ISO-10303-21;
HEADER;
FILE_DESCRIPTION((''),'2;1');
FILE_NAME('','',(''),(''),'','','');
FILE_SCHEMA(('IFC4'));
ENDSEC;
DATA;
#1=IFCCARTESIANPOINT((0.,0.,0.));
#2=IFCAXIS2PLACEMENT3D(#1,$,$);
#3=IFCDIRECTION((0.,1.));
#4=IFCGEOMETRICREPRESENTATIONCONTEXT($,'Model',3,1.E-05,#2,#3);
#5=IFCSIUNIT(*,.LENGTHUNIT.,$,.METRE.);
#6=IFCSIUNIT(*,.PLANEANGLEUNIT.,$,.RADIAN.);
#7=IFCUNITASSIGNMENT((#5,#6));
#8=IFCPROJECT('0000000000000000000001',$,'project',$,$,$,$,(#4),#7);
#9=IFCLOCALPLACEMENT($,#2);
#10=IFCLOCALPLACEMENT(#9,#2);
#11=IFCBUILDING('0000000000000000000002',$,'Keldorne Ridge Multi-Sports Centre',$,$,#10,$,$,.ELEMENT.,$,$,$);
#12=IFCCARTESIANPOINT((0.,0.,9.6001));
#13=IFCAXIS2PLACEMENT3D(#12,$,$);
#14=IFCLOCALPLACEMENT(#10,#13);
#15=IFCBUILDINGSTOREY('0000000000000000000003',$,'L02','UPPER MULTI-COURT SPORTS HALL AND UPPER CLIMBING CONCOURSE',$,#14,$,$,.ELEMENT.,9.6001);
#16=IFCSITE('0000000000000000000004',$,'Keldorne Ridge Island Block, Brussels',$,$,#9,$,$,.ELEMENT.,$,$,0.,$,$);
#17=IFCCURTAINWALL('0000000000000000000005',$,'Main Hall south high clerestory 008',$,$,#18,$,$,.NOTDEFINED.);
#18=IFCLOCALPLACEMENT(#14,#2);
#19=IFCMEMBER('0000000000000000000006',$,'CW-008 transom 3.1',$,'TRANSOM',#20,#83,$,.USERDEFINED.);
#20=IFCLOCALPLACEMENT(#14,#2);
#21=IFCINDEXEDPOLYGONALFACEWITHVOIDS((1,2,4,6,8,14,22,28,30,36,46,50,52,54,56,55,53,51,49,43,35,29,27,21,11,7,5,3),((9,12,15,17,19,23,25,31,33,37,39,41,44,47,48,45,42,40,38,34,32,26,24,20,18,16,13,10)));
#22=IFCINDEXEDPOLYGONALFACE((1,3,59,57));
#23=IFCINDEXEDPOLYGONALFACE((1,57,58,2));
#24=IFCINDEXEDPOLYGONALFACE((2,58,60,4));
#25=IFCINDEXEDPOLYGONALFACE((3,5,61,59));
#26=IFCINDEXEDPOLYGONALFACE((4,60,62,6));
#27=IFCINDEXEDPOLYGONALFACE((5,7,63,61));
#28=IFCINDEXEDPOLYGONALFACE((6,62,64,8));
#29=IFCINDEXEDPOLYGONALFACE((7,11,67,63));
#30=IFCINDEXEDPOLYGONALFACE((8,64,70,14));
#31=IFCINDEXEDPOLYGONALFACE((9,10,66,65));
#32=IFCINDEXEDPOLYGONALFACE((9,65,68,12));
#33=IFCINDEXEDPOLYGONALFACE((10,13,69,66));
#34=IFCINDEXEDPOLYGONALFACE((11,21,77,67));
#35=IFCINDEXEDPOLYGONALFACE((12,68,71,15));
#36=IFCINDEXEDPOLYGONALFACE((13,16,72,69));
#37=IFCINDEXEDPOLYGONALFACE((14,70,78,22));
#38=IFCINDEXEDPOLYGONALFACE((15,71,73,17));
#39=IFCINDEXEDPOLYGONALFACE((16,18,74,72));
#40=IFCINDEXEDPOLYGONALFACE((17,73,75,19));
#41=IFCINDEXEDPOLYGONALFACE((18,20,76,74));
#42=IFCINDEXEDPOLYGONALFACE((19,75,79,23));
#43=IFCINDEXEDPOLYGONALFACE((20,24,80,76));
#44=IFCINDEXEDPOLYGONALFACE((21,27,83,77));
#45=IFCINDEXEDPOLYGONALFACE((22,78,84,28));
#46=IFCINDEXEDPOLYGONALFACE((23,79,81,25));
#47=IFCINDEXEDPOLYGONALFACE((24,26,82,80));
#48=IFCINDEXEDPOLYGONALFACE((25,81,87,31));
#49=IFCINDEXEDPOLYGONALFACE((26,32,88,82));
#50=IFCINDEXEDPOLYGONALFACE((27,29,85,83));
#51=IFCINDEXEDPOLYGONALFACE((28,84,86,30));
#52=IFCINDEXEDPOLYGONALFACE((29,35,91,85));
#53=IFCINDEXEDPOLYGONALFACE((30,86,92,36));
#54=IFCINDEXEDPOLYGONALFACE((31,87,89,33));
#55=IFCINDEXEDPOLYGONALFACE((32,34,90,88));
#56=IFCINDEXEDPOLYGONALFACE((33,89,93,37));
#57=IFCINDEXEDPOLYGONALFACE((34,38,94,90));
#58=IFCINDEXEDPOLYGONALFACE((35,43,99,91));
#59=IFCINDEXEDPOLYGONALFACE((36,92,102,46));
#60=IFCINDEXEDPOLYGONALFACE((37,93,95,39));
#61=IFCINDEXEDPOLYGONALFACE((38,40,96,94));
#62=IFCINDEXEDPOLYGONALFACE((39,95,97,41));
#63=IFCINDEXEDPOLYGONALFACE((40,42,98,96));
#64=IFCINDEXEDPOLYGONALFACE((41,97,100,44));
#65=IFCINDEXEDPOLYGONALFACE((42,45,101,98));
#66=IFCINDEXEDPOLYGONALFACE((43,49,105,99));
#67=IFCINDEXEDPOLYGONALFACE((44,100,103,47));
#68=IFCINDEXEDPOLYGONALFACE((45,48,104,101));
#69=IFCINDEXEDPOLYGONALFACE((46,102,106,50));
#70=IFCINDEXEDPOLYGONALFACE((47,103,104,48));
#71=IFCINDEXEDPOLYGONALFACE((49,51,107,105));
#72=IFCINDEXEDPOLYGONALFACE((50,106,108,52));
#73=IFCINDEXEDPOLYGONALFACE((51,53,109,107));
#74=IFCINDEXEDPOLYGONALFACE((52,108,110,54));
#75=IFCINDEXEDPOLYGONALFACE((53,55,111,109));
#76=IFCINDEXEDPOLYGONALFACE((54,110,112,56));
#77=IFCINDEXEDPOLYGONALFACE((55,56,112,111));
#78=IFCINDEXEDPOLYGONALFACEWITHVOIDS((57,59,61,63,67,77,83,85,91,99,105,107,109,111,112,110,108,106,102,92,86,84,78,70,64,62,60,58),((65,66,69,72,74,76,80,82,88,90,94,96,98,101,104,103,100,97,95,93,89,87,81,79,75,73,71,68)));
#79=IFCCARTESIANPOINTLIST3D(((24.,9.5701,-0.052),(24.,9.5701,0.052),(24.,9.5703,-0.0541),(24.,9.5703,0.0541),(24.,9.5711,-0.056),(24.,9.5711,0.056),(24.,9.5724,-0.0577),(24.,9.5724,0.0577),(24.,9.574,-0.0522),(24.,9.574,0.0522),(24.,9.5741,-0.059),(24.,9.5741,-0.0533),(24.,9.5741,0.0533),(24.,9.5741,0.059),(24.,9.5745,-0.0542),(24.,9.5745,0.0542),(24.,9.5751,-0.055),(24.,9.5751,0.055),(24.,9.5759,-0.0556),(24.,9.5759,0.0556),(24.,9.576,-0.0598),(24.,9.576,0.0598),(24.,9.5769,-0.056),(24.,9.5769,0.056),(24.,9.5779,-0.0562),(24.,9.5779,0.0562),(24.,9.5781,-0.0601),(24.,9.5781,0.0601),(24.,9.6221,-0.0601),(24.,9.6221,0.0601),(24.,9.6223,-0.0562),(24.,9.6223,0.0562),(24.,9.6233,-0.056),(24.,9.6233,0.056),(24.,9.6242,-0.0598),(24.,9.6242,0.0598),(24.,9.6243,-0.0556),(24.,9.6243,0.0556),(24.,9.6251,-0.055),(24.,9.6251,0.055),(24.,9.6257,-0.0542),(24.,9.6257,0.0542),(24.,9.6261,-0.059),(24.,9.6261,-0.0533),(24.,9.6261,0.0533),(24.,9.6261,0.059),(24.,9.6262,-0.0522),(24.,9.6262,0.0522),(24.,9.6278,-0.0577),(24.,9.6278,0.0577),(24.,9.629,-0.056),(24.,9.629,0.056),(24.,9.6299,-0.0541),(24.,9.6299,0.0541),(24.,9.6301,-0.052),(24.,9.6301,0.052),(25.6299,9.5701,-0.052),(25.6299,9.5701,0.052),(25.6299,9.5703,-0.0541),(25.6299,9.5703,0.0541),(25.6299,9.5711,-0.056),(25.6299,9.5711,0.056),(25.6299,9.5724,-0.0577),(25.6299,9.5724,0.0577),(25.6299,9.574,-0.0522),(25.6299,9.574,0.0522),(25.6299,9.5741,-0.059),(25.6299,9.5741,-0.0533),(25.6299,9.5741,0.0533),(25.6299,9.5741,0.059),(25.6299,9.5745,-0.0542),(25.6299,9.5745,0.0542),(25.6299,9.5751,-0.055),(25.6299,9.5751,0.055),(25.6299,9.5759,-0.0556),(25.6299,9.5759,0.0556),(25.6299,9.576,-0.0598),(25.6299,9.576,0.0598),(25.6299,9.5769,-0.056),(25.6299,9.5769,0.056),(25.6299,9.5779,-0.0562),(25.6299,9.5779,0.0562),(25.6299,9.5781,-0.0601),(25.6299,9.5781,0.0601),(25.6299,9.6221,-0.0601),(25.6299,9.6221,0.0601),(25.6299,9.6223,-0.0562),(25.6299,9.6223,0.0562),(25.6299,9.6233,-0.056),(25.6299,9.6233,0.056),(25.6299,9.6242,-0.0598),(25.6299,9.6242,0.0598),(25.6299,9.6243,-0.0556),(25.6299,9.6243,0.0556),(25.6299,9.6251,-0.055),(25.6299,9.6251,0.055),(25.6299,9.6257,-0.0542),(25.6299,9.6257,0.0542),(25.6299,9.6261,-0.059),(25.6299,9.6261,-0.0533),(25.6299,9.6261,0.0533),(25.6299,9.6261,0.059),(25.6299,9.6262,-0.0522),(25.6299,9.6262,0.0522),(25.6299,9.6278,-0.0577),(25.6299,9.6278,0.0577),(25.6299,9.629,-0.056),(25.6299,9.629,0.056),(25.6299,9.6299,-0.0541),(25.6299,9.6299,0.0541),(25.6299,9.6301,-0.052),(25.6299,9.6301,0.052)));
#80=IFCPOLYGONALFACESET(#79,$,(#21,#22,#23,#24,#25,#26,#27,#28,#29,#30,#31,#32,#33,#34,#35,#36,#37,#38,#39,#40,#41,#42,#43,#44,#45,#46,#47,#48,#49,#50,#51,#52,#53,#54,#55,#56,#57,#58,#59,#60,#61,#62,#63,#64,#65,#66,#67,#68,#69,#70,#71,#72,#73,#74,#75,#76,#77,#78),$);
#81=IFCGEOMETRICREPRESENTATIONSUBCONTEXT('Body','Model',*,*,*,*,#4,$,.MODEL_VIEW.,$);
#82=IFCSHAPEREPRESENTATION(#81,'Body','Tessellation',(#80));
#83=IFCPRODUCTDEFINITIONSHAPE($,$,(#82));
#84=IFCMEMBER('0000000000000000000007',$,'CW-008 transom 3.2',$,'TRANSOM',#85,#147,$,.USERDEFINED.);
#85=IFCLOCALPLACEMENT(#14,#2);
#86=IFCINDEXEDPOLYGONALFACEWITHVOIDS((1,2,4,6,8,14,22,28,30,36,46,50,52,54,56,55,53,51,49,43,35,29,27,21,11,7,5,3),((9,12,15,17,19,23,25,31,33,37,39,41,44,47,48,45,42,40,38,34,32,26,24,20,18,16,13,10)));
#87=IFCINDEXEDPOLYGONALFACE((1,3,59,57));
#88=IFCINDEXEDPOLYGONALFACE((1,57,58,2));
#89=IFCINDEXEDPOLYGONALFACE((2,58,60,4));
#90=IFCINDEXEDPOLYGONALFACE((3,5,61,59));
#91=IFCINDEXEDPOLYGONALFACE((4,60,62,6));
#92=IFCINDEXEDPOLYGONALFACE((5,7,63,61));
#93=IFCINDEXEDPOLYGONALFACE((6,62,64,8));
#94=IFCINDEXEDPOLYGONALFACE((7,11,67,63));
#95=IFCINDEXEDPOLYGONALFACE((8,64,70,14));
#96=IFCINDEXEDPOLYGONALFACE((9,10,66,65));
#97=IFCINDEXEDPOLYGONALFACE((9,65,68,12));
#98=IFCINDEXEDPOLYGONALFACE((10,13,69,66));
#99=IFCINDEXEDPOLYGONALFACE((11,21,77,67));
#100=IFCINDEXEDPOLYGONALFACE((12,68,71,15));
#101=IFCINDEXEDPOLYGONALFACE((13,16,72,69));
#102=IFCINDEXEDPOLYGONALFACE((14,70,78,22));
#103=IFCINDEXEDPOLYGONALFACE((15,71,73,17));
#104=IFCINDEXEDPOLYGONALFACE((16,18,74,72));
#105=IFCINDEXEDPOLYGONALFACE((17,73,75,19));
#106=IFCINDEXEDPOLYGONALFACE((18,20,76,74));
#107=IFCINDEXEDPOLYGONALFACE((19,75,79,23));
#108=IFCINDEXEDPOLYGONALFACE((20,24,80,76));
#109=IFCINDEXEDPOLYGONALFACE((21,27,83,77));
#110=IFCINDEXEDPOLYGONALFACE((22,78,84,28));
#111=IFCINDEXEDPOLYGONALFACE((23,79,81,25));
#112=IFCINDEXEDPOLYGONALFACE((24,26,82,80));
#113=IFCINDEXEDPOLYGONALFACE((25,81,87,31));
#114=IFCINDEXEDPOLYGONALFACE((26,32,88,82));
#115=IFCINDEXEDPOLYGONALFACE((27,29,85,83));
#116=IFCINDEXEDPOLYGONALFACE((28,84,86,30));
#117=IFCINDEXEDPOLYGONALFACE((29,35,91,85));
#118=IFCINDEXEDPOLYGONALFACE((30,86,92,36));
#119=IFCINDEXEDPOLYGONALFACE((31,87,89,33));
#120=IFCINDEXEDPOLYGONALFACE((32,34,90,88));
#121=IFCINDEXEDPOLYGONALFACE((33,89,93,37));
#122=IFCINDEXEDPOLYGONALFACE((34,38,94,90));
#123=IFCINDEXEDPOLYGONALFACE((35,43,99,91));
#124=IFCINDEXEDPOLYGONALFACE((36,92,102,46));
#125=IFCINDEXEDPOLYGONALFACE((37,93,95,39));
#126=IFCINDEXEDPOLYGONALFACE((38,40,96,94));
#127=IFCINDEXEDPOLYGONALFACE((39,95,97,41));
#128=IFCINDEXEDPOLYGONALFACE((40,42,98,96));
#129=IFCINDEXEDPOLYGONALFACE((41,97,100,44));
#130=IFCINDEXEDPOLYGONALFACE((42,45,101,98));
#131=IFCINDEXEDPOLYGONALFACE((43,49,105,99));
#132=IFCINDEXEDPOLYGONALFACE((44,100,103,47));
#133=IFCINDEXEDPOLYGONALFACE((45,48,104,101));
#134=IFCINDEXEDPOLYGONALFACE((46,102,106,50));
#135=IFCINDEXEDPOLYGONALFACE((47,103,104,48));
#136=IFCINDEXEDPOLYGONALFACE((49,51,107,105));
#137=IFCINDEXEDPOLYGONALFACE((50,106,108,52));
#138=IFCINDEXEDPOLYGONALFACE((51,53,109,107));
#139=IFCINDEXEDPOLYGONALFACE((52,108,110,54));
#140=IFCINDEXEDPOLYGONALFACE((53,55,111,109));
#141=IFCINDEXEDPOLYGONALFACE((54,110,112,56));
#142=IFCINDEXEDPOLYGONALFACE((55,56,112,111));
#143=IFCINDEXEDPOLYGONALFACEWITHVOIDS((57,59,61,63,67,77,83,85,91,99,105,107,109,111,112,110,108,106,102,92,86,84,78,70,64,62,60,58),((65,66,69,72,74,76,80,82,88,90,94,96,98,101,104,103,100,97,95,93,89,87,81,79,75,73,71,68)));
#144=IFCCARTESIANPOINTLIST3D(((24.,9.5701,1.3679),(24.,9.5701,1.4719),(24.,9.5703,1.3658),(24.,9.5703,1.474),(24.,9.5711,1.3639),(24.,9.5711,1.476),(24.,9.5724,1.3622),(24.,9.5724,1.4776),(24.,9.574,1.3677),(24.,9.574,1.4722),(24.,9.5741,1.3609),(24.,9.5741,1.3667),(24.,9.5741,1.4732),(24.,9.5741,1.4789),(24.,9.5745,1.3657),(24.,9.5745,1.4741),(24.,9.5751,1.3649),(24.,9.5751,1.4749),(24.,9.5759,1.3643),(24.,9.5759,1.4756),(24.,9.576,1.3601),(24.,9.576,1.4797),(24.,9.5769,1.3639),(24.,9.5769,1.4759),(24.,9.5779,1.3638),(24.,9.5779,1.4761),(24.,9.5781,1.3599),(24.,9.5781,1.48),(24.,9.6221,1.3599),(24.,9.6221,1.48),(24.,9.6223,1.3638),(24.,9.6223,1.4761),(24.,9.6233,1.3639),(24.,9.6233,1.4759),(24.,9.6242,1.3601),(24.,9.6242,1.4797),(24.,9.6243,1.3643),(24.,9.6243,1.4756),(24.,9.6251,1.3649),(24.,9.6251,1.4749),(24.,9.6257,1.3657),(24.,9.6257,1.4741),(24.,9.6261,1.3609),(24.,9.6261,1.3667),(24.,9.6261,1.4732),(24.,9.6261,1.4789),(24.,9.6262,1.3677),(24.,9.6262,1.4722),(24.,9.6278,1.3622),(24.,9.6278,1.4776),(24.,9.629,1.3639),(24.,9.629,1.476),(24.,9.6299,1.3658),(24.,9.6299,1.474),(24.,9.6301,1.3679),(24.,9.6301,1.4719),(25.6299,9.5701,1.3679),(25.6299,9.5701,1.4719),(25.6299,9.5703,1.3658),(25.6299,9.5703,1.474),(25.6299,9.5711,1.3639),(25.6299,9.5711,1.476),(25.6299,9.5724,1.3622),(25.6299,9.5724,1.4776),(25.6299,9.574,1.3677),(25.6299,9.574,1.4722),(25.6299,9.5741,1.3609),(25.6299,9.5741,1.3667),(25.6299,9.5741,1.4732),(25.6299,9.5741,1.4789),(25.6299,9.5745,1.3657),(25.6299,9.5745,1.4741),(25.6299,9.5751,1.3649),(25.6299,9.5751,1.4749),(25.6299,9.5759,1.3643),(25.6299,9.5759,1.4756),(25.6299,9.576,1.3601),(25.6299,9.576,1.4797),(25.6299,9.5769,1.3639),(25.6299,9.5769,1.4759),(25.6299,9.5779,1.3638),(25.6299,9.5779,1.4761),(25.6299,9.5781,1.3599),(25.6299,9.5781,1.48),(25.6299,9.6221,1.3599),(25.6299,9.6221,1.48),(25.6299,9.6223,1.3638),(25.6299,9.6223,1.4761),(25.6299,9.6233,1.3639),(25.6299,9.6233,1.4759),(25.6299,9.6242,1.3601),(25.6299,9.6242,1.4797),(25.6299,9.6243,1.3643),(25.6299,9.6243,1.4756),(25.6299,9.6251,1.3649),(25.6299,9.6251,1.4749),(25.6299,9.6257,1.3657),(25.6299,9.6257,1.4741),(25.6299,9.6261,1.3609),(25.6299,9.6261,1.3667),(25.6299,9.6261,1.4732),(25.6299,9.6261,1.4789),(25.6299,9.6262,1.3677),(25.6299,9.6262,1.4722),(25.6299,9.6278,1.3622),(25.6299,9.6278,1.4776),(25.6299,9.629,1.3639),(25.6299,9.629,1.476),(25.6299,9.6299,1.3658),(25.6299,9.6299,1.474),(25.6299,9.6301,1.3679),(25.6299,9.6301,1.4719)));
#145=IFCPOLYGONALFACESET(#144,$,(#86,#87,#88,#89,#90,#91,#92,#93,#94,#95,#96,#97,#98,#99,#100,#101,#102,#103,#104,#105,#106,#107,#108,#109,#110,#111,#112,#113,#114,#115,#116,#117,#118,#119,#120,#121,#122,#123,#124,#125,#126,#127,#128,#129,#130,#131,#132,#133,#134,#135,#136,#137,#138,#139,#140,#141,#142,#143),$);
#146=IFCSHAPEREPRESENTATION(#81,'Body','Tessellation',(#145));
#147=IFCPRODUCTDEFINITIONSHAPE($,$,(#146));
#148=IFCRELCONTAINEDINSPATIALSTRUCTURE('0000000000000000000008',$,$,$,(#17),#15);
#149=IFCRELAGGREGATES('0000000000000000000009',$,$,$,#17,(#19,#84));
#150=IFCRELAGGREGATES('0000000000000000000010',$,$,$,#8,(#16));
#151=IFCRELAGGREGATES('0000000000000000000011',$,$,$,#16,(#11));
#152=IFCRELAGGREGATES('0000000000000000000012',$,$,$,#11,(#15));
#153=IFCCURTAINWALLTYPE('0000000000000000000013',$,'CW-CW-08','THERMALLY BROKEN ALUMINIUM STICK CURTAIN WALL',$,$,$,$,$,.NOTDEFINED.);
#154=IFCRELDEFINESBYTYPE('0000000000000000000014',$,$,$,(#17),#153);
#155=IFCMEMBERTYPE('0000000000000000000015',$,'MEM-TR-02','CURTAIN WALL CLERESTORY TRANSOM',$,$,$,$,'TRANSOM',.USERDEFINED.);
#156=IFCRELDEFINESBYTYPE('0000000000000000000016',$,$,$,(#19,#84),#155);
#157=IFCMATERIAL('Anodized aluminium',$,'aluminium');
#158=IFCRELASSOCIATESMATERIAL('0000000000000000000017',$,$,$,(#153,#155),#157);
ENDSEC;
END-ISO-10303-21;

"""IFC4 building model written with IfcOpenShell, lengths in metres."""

from ifc_helpers import new_model, si_unit, direction, frame, origin, origin_2d, place, context, subcontext, project, spatial, hollow_rectangle, extrude, material, material_profile, profile_set, type_object, element, aggregate, save


model = new_model("IFC4")

# Units and contexts
model_context = context("Model", 3, precision=1e-05, world=origin(), true_north=direction((0.0, 1.0)))
body_context = subcontext(model_context, "Body", "Model", "MODEL_VIEW")
ifc_project = project(units=[si_unit("LENGTHUNIT", "METRE"), si_unit("PLANEANGLEUNIT", "RADIAN")], contexts=[model_context])

# Site, building, storey
site_placement = place(None, origin())
site = spatial("IfcSite", under=ifc_project, at=site_placement, Name="Keldorne Ridge Island Block, Brussels", CompositionType="ELEMENT", RefElevation=0.0)
building_placement = place(site_placement, origin())
building = spatial("IfcBuilding", under=site, at=building_placement, Name="Keldorne Ridge Multi-Sports Centre", CompositionType="ELEMENT")
storey_placement = place(building_placement, frame((0.0, 0.0, 9.6001)))
storey = spatial("IfcBuildingStorey", under=building, at=storey_placement, Name="L02", Description="UPPER MULTI-COURT SPORTS HALL AND UPPER CLIMBING CONCOURSE", CompositionType="ELEMENT", Elevation=9.6001)

# Curtain wall
ifc_material_1 = material(Name="Anodized aluminium", Category="aluminium")
curtain_wall_type = type_object("IfcCurtainWallType", Name="CW-CW-08", Description="THERMALLY BROKEN ALUMINIUM STICK CURTAIN WALL", PredefinedType="NOTDEFINED", material=ifc_material_1)
curtain_wall_placement = place(storey_placement, origin())
curtain_wall = element("IfcCurtainWall", 1, at=curtain_wall_placement, inside=storey, type_object=curtain_wall_type, Name="Main Hall south high clerestory 008", PredefinedType="NOTDEFINED")

# Members
ifc_material_profile_1 = material_profile(ifc_material_1, hollow_rectangle(XDim=0.0601, YDim=0.1201, WallThickness=0.0039, InnerFilletRadius=0.0039, OuterFilletRadius=0.0081, at=origin_2d()), Name="ALU TRANSOM 120x60x4")
ifc_profile_set_1 = profile_set([ifc_material_profile_1], Name="Anodized aluminium")
member_type_1 = type_object("IfcMemberType", Name="MEM-TR-02", Description="CURTAIN WALL CLERESTORY TRANSOM", ElementType="TRANSOM", PredefinedType="USERDEFINED", material=ifc_profile_set_1)
member_1_placement = place(storey_placement, frame((24.0, 9.6001, 0.0), z_axis=(1.0, 0.0, 0.0), x_axis=(0.0, 1.0, 0.0)))
member_1 = element("IfcMember", 2, at=member_1_placement, type_object=member_type_1, Name="CW-008 transom 3.1", ObjectType="TRANSOM", PredefinedType="USERDEFINED", context=body_context, shape_type="SweptSolid", body=[
    extrude(hollow_rectangle(XDim=0.0601, YDim=0.1201, WallThickness=0.0039, InnerFilletRadius=0.0039, OuterFilletRadius=0.0081, at=origin_2d()), origin(), (0.0, 0.0, 1.0), 1.6299),
])
member_2_placement = place(storey_placement, frame((24.0, 9.6001, 1.4199), z_axis=(1.0, 0.0, 0.0), x_axis=(0.0, 1.0, 0.0)))
member_2 = element("IfcMember", 3, at=member_2_placement, type_object=member_type_1, Name="CW-008 transom 3.2", ObjectType="TRANSOM", PredefinedType="USERDEFINED", context=body_context, shape_type="SweptSolid", body=[
    extrude(hollow_rectangle(XDim=0.0601, YDim=0.1201, WallThickness=0.0039, InnerFilletRadius=0.0039, OuterFilletRadius=0.0081, at=origin_2d()), origin(), (0.0, 0.0, 1.0), 1.6299),
])

aggregate(curtain_wall, [member_1, member_2])

save(model, "model.ifc")
